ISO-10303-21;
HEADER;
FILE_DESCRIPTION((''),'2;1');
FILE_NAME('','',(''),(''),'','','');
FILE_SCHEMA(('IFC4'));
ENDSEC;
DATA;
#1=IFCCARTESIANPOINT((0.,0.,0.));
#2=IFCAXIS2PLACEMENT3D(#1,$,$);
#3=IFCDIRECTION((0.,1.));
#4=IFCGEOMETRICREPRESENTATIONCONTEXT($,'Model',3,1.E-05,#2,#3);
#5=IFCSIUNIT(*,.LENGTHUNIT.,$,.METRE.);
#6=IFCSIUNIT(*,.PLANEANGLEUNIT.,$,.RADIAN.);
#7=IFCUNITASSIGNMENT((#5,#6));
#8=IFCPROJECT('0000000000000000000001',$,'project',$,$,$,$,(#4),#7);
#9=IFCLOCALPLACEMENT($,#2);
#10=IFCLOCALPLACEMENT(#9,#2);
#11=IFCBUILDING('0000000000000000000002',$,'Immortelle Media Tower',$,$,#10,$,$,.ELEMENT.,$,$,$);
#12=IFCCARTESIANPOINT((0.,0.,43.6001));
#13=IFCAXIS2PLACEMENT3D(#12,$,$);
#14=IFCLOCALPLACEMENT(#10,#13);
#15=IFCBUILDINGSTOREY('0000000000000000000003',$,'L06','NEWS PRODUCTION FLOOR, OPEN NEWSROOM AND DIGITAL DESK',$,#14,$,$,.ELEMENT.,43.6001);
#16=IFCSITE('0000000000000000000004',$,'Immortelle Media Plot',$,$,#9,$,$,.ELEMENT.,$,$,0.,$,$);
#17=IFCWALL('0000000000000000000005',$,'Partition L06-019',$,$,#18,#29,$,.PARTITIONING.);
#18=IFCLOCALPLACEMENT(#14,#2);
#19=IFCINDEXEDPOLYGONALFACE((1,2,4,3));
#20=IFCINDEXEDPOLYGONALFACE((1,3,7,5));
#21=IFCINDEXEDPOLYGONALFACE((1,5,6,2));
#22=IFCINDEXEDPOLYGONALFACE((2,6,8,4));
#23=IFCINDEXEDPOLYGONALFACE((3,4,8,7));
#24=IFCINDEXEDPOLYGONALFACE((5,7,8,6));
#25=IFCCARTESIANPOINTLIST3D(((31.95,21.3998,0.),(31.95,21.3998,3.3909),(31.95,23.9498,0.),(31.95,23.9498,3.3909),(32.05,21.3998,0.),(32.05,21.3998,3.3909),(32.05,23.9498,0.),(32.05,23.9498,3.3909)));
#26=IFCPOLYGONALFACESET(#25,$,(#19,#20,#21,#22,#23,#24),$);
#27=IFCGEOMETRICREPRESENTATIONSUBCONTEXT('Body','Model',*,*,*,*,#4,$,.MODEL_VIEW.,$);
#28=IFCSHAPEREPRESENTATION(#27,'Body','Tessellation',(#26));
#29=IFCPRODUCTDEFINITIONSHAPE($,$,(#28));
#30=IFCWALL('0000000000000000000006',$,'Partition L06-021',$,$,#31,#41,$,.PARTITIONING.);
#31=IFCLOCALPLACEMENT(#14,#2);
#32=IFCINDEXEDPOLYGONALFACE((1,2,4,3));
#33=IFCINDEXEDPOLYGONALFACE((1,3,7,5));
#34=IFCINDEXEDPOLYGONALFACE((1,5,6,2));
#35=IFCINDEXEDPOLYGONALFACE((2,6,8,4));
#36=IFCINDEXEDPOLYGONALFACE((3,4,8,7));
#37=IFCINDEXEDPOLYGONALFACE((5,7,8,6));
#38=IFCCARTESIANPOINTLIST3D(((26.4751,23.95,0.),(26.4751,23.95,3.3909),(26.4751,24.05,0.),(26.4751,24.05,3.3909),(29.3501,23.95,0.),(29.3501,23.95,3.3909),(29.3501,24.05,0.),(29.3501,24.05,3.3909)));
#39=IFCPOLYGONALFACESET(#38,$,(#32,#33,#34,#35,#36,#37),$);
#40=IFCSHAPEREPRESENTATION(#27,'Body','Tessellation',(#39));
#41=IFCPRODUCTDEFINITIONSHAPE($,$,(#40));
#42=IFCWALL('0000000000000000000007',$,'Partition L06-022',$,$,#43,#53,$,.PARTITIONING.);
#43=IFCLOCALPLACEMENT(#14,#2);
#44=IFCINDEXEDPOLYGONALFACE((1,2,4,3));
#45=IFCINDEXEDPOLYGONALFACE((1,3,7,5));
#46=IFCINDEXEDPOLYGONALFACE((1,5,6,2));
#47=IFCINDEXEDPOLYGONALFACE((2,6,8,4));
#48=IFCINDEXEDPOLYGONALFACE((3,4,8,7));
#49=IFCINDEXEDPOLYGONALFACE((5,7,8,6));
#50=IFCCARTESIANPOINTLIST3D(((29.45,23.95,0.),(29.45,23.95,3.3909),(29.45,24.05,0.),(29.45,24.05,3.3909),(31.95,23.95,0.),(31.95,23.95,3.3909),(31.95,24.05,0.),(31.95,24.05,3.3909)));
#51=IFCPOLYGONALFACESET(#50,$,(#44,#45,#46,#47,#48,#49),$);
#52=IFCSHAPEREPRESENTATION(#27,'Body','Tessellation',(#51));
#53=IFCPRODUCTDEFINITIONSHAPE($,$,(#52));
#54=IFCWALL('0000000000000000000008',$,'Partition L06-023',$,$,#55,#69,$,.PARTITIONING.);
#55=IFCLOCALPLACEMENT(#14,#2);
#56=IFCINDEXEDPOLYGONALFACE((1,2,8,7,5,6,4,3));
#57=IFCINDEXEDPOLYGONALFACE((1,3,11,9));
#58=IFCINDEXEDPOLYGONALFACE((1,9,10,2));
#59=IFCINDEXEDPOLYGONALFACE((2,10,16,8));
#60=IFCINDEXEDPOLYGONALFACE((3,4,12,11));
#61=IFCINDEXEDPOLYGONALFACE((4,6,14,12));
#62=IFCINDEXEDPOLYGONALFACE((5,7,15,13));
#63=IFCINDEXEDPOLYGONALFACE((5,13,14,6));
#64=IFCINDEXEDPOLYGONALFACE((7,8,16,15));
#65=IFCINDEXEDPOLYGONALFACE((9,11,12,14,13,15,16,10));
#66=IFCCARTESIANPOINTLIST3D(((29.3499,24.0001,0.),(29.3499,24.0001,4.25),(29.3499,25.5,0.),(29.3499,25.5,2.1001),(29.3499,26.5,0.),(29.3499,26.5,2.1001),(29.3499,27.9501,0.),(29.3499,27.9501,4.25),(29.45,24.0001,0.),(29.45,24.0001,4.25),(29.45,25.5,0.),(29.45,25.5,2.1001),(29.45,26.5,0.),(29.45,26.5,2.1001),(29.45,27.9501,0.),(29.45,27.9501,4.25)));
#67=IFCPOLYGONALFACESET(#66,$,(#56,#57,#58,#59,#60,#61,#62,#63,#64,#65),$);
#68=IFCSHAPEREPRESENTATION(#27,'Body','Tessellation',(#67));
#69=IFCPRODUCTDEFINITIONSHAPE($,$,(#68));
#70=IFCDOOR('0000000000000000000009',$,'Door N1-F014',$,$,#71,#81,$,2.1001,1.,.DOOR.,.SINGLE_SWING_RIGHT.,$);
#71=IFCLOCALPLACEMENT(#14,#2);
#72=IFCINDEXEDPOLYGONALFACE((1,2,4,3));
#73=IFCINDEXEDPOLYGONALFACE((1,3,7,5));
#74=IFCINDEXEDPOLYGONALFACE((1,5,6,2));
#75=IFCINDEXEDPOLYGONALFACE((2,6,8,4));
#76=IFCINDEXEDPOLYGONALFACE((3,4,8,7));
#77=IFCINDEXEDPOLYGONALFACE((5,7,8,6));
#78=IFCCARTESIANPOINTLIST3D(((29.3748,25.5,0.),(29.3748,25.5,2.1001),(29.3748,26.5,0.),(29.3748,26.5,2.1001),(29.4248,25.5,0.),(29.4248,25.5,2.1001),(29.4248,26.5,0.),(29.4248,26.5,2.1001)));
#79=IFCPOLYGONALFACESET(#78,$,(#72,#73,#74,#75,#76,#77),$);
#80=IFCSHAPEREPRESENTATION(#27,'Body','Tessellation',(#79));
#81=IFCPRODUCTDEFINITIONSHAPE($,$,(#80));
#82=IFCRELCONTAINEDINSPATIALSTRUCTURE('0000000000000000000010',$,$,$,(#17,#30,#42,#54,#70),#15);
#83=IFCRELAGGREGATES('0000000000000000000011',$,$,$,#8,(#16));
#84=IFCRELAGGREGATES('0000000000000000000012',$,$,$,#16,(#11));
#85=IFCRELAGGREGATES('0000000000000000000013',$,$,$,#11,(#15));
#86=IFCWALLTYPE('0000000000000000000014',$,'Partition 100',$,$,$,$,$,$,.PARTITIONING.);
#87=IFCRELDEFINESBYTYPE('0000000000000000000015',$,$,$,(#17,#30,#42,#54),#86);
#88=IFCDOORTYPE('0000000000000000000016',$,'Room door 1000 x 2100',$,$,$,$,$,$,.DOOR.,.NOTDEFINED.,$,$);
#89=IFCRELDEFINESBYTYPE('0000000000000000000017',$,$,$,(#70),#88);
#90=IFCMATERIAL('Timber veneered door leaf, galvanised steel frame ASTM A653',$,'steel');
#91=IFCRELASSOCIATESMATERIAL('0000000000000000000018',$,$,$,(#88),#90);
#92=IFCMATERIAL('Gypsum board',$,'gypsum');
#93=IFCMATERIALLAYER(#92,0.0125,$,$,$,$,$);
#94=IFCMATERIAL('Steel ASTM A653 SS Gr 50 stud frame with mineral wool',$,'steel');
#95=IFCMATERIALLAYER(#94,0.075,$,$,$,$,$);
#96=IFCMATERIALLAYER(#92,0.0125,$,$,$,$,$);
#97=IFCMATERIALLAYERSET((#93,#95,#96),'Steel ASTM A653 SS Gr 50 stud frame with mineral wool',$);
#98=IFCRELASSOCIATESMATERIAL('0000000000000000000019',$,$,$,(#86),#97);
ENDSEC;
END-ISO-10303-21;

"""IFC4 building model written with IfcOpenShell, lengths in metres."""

from ifc_helpers import new_model, si_unit, direction, frame, frame_2d, origin, place, context, subcontext, project, spatial, rectangle, extrude, material, layer, layer_set, type_object, element, fill, save


model = new_model("IFC4")

# Units and contexts
model_context = context("Model", 3, precision=1e-05, world=origin(), true_north=direction((0.0, 1.0)))
body_context = subcontext(model_context, "Body", "Model", "MODEL_VIEW")
ifc_project = project(units=[si_unit("LENGTHUNIT", "METRE"), si_unit("PLANEANGLEUNIT", "RADIAN")], contexts=[model_context])

# Site, building, storey
site_placement = place(None, origin())
site = spatial("IfcSite", under=ifc_project, at=site_placement, Name="Immortelle Media Plot", CompositionType="ELEMENT", RefElevation=0.0)
building_placement = place(site_placement, origin())
building = spatial("IfcBuilding", under=site, at=building_placement, Name="Immortelle Media Tower", CompositionType="ELEMENT")
storey_placement = place(building_placement, frame((0.0, 0.0, 43.6001)))
storey = spatial("IfcBuildingStorey", under=building, at=storey_placement, Name="L06", Description="NEWS PRODUCTION FLOOR, OPEN NEWSROOM AND DIGITAL DESK", CompositionType="ELEMENT", Elevation=43.6001)

# Shared definitions
ifc_material_1 = material(Name="Steel ASTM A653 SS Gr 50 stud frame with mineral wool", Category="steel")

# Shared definitions
ifc_material_2 = material(Name="Timber veneered door leaf, galvanised steel frame ASTM A653", Category="steel")
door_type_1 = type_object("IfcDoorType", Name="Room door 1000 x 2100", OperationType="NOTDEFINED", PredefinedType="DOOR", material=ifc_material_2)

# Shared definitions
ifc_material_3 = material(Name="Gypsum board", Category="gypsum")
ifc_layer_1 = layer(ifc_material_3, 0.0125)
ifc_layer_2 = layer(ifc_material_1, 0.075)
ifc_layer_3 = layer(ifc_material_3, 0.0125)
ifc_layer_set_1 = layer_set([ifc_layer_1, ifc_layer_2, ifc_layer_3], Name="Steel ASTM A653 SS Gr 50 stud frame with mineral wool")
wall_type_1 = type_object("IfcWallType", Name="Partition 100", PredefinedType="PARTITIONING", material=ifc_layer_set_1)

# Walls
wall_1_placement = place(storey_placement, frame((32.0, 21.3999, 0.0), z_axis=(0.0, 0.0, 1.0), x_axis=(0.0, 1.0, 0.0)))
element("IfcWall", 1, at=wall_1_placement, inside=storey, type_object=wall_type_1, Name="Partition L06-019", PredefinedType="PARTITIONING", context=body_context, shape_type="SweptSolid", body=[
    extrude(rectangle(XDim=2.55, YDim=0.1001, at=frame_2d((1.2749, 0.0))), origin(), (0.0, 0.0, 1.0), 3.3909),
])
wall_2_placement = place(storey_placement, frame((26.4751, 24.0, 0.0), z_axis=(0.0, 0.0, 1.0), x_axis=(1.0, 0.0, 0.0)))
element("IfcWall", 2, at=wall_2_placement, inside=storey, type_object=wall_type_1, Name="Partition L06-021", PredefinedType="PARTITIONING", context=body_context, shape_type="SweptSolid", body=[
    extrude(rectangle(XDim=2.875, YDim=0.1001, at=frame_2d((1.4375, 0.0))), origin(), (0.0, 0.0, 1.0), 3.3909),
])
wall_3_placement = place(storey_placement, frame((29.45, 24.0, 0.0), z_axis=(0.0, 0.0, 1.0), x_axis=(1.0, 0.0, 0.0)))
element("IfcWall", 3, at=wall_3_placement, inside=storey, type_object=wall_type_1, Name="Partition L06-022", PredefinedType="PARTITIONING", context=body_context, shape_type="SweptSolid", body=[
    extrude(rectangle(XDim=2.5, YDim=0.1001, at=frame_2d((1.25, 0.0))), origin(), (0.0, 0.0, 1.0), 3.3909),
])

# Wall, opening, door
wall_4_placement = place(storey_placement, frame((29.3999, 24.0, 0.0), z_axis=(0.0, 0.0, 1.0), x_axis=(0.0, 1.0, 0.0)))
wall_4 = element("IfcWall", 4, at=wall_4_placement, inside=storey, type_object=wall_type_1, Name="Partition L06-023", PredefinedType="PARTITIONING", context=body_context, shape_type="SweptSolid", body=[
    extrude(rectangle(XDim=3.95, YDim=0.1001, at=frame_2d((1.9751, 0.0))), origin(), (0.0, 0.0, 1.0), 4.25),
])
opening_1_placement = place(wall_4_placement, frame((2.5, 0.0, 0.0), z_axis=(0.0, 0.0, 1.0), x_axis=(-1.0, 0.0, 0.0)))
opening_1 = element("IfcOpeningElement", 5, at=opening_1_placement, cuts=wall_4, PredefinedType="OPENING", context=body_context, shape_type="SweptSolid", body=[
    extrude(rectangle(XDim=1.0, YDim=2.1001, at=frame_2d((0.5, 1.05))), frame((0.0, 0.0601, 0.0), z_axis=(0.0, -1.0, 0.0), x_axis=(1.0, 0.0, 0.0)), (0.0, 0.0, 1.0), 0.1201),
])
door_1_placement = place(opening_1_placement, origin())
door_1 = element("IfcDoor", 6, at=door_1_placement, inside=storey, type_object=door_type_1, Name="Door N1-F014", OperationType="SINGLE_SWING_RIGHT", OverallHeight=2.1001, OverallWidth=1.0, PredefinedType="DOOR", context=body_context, shape_type="SweptSolid", body=[
    extrude(rectangle(XDim=1.0, YDim=2.1001, at=frame_2d((0.5, 1.05))), frame((0.0, 0.0249, 0.0), z_axis=(0.0, -1.0, 0.0), x_axis=(1.0, 0.0, 0.0)), (0.0, 0.0, 1.0), 0.05),
])
fill(opening_1, door_1)

save(model, "model.ifc")
